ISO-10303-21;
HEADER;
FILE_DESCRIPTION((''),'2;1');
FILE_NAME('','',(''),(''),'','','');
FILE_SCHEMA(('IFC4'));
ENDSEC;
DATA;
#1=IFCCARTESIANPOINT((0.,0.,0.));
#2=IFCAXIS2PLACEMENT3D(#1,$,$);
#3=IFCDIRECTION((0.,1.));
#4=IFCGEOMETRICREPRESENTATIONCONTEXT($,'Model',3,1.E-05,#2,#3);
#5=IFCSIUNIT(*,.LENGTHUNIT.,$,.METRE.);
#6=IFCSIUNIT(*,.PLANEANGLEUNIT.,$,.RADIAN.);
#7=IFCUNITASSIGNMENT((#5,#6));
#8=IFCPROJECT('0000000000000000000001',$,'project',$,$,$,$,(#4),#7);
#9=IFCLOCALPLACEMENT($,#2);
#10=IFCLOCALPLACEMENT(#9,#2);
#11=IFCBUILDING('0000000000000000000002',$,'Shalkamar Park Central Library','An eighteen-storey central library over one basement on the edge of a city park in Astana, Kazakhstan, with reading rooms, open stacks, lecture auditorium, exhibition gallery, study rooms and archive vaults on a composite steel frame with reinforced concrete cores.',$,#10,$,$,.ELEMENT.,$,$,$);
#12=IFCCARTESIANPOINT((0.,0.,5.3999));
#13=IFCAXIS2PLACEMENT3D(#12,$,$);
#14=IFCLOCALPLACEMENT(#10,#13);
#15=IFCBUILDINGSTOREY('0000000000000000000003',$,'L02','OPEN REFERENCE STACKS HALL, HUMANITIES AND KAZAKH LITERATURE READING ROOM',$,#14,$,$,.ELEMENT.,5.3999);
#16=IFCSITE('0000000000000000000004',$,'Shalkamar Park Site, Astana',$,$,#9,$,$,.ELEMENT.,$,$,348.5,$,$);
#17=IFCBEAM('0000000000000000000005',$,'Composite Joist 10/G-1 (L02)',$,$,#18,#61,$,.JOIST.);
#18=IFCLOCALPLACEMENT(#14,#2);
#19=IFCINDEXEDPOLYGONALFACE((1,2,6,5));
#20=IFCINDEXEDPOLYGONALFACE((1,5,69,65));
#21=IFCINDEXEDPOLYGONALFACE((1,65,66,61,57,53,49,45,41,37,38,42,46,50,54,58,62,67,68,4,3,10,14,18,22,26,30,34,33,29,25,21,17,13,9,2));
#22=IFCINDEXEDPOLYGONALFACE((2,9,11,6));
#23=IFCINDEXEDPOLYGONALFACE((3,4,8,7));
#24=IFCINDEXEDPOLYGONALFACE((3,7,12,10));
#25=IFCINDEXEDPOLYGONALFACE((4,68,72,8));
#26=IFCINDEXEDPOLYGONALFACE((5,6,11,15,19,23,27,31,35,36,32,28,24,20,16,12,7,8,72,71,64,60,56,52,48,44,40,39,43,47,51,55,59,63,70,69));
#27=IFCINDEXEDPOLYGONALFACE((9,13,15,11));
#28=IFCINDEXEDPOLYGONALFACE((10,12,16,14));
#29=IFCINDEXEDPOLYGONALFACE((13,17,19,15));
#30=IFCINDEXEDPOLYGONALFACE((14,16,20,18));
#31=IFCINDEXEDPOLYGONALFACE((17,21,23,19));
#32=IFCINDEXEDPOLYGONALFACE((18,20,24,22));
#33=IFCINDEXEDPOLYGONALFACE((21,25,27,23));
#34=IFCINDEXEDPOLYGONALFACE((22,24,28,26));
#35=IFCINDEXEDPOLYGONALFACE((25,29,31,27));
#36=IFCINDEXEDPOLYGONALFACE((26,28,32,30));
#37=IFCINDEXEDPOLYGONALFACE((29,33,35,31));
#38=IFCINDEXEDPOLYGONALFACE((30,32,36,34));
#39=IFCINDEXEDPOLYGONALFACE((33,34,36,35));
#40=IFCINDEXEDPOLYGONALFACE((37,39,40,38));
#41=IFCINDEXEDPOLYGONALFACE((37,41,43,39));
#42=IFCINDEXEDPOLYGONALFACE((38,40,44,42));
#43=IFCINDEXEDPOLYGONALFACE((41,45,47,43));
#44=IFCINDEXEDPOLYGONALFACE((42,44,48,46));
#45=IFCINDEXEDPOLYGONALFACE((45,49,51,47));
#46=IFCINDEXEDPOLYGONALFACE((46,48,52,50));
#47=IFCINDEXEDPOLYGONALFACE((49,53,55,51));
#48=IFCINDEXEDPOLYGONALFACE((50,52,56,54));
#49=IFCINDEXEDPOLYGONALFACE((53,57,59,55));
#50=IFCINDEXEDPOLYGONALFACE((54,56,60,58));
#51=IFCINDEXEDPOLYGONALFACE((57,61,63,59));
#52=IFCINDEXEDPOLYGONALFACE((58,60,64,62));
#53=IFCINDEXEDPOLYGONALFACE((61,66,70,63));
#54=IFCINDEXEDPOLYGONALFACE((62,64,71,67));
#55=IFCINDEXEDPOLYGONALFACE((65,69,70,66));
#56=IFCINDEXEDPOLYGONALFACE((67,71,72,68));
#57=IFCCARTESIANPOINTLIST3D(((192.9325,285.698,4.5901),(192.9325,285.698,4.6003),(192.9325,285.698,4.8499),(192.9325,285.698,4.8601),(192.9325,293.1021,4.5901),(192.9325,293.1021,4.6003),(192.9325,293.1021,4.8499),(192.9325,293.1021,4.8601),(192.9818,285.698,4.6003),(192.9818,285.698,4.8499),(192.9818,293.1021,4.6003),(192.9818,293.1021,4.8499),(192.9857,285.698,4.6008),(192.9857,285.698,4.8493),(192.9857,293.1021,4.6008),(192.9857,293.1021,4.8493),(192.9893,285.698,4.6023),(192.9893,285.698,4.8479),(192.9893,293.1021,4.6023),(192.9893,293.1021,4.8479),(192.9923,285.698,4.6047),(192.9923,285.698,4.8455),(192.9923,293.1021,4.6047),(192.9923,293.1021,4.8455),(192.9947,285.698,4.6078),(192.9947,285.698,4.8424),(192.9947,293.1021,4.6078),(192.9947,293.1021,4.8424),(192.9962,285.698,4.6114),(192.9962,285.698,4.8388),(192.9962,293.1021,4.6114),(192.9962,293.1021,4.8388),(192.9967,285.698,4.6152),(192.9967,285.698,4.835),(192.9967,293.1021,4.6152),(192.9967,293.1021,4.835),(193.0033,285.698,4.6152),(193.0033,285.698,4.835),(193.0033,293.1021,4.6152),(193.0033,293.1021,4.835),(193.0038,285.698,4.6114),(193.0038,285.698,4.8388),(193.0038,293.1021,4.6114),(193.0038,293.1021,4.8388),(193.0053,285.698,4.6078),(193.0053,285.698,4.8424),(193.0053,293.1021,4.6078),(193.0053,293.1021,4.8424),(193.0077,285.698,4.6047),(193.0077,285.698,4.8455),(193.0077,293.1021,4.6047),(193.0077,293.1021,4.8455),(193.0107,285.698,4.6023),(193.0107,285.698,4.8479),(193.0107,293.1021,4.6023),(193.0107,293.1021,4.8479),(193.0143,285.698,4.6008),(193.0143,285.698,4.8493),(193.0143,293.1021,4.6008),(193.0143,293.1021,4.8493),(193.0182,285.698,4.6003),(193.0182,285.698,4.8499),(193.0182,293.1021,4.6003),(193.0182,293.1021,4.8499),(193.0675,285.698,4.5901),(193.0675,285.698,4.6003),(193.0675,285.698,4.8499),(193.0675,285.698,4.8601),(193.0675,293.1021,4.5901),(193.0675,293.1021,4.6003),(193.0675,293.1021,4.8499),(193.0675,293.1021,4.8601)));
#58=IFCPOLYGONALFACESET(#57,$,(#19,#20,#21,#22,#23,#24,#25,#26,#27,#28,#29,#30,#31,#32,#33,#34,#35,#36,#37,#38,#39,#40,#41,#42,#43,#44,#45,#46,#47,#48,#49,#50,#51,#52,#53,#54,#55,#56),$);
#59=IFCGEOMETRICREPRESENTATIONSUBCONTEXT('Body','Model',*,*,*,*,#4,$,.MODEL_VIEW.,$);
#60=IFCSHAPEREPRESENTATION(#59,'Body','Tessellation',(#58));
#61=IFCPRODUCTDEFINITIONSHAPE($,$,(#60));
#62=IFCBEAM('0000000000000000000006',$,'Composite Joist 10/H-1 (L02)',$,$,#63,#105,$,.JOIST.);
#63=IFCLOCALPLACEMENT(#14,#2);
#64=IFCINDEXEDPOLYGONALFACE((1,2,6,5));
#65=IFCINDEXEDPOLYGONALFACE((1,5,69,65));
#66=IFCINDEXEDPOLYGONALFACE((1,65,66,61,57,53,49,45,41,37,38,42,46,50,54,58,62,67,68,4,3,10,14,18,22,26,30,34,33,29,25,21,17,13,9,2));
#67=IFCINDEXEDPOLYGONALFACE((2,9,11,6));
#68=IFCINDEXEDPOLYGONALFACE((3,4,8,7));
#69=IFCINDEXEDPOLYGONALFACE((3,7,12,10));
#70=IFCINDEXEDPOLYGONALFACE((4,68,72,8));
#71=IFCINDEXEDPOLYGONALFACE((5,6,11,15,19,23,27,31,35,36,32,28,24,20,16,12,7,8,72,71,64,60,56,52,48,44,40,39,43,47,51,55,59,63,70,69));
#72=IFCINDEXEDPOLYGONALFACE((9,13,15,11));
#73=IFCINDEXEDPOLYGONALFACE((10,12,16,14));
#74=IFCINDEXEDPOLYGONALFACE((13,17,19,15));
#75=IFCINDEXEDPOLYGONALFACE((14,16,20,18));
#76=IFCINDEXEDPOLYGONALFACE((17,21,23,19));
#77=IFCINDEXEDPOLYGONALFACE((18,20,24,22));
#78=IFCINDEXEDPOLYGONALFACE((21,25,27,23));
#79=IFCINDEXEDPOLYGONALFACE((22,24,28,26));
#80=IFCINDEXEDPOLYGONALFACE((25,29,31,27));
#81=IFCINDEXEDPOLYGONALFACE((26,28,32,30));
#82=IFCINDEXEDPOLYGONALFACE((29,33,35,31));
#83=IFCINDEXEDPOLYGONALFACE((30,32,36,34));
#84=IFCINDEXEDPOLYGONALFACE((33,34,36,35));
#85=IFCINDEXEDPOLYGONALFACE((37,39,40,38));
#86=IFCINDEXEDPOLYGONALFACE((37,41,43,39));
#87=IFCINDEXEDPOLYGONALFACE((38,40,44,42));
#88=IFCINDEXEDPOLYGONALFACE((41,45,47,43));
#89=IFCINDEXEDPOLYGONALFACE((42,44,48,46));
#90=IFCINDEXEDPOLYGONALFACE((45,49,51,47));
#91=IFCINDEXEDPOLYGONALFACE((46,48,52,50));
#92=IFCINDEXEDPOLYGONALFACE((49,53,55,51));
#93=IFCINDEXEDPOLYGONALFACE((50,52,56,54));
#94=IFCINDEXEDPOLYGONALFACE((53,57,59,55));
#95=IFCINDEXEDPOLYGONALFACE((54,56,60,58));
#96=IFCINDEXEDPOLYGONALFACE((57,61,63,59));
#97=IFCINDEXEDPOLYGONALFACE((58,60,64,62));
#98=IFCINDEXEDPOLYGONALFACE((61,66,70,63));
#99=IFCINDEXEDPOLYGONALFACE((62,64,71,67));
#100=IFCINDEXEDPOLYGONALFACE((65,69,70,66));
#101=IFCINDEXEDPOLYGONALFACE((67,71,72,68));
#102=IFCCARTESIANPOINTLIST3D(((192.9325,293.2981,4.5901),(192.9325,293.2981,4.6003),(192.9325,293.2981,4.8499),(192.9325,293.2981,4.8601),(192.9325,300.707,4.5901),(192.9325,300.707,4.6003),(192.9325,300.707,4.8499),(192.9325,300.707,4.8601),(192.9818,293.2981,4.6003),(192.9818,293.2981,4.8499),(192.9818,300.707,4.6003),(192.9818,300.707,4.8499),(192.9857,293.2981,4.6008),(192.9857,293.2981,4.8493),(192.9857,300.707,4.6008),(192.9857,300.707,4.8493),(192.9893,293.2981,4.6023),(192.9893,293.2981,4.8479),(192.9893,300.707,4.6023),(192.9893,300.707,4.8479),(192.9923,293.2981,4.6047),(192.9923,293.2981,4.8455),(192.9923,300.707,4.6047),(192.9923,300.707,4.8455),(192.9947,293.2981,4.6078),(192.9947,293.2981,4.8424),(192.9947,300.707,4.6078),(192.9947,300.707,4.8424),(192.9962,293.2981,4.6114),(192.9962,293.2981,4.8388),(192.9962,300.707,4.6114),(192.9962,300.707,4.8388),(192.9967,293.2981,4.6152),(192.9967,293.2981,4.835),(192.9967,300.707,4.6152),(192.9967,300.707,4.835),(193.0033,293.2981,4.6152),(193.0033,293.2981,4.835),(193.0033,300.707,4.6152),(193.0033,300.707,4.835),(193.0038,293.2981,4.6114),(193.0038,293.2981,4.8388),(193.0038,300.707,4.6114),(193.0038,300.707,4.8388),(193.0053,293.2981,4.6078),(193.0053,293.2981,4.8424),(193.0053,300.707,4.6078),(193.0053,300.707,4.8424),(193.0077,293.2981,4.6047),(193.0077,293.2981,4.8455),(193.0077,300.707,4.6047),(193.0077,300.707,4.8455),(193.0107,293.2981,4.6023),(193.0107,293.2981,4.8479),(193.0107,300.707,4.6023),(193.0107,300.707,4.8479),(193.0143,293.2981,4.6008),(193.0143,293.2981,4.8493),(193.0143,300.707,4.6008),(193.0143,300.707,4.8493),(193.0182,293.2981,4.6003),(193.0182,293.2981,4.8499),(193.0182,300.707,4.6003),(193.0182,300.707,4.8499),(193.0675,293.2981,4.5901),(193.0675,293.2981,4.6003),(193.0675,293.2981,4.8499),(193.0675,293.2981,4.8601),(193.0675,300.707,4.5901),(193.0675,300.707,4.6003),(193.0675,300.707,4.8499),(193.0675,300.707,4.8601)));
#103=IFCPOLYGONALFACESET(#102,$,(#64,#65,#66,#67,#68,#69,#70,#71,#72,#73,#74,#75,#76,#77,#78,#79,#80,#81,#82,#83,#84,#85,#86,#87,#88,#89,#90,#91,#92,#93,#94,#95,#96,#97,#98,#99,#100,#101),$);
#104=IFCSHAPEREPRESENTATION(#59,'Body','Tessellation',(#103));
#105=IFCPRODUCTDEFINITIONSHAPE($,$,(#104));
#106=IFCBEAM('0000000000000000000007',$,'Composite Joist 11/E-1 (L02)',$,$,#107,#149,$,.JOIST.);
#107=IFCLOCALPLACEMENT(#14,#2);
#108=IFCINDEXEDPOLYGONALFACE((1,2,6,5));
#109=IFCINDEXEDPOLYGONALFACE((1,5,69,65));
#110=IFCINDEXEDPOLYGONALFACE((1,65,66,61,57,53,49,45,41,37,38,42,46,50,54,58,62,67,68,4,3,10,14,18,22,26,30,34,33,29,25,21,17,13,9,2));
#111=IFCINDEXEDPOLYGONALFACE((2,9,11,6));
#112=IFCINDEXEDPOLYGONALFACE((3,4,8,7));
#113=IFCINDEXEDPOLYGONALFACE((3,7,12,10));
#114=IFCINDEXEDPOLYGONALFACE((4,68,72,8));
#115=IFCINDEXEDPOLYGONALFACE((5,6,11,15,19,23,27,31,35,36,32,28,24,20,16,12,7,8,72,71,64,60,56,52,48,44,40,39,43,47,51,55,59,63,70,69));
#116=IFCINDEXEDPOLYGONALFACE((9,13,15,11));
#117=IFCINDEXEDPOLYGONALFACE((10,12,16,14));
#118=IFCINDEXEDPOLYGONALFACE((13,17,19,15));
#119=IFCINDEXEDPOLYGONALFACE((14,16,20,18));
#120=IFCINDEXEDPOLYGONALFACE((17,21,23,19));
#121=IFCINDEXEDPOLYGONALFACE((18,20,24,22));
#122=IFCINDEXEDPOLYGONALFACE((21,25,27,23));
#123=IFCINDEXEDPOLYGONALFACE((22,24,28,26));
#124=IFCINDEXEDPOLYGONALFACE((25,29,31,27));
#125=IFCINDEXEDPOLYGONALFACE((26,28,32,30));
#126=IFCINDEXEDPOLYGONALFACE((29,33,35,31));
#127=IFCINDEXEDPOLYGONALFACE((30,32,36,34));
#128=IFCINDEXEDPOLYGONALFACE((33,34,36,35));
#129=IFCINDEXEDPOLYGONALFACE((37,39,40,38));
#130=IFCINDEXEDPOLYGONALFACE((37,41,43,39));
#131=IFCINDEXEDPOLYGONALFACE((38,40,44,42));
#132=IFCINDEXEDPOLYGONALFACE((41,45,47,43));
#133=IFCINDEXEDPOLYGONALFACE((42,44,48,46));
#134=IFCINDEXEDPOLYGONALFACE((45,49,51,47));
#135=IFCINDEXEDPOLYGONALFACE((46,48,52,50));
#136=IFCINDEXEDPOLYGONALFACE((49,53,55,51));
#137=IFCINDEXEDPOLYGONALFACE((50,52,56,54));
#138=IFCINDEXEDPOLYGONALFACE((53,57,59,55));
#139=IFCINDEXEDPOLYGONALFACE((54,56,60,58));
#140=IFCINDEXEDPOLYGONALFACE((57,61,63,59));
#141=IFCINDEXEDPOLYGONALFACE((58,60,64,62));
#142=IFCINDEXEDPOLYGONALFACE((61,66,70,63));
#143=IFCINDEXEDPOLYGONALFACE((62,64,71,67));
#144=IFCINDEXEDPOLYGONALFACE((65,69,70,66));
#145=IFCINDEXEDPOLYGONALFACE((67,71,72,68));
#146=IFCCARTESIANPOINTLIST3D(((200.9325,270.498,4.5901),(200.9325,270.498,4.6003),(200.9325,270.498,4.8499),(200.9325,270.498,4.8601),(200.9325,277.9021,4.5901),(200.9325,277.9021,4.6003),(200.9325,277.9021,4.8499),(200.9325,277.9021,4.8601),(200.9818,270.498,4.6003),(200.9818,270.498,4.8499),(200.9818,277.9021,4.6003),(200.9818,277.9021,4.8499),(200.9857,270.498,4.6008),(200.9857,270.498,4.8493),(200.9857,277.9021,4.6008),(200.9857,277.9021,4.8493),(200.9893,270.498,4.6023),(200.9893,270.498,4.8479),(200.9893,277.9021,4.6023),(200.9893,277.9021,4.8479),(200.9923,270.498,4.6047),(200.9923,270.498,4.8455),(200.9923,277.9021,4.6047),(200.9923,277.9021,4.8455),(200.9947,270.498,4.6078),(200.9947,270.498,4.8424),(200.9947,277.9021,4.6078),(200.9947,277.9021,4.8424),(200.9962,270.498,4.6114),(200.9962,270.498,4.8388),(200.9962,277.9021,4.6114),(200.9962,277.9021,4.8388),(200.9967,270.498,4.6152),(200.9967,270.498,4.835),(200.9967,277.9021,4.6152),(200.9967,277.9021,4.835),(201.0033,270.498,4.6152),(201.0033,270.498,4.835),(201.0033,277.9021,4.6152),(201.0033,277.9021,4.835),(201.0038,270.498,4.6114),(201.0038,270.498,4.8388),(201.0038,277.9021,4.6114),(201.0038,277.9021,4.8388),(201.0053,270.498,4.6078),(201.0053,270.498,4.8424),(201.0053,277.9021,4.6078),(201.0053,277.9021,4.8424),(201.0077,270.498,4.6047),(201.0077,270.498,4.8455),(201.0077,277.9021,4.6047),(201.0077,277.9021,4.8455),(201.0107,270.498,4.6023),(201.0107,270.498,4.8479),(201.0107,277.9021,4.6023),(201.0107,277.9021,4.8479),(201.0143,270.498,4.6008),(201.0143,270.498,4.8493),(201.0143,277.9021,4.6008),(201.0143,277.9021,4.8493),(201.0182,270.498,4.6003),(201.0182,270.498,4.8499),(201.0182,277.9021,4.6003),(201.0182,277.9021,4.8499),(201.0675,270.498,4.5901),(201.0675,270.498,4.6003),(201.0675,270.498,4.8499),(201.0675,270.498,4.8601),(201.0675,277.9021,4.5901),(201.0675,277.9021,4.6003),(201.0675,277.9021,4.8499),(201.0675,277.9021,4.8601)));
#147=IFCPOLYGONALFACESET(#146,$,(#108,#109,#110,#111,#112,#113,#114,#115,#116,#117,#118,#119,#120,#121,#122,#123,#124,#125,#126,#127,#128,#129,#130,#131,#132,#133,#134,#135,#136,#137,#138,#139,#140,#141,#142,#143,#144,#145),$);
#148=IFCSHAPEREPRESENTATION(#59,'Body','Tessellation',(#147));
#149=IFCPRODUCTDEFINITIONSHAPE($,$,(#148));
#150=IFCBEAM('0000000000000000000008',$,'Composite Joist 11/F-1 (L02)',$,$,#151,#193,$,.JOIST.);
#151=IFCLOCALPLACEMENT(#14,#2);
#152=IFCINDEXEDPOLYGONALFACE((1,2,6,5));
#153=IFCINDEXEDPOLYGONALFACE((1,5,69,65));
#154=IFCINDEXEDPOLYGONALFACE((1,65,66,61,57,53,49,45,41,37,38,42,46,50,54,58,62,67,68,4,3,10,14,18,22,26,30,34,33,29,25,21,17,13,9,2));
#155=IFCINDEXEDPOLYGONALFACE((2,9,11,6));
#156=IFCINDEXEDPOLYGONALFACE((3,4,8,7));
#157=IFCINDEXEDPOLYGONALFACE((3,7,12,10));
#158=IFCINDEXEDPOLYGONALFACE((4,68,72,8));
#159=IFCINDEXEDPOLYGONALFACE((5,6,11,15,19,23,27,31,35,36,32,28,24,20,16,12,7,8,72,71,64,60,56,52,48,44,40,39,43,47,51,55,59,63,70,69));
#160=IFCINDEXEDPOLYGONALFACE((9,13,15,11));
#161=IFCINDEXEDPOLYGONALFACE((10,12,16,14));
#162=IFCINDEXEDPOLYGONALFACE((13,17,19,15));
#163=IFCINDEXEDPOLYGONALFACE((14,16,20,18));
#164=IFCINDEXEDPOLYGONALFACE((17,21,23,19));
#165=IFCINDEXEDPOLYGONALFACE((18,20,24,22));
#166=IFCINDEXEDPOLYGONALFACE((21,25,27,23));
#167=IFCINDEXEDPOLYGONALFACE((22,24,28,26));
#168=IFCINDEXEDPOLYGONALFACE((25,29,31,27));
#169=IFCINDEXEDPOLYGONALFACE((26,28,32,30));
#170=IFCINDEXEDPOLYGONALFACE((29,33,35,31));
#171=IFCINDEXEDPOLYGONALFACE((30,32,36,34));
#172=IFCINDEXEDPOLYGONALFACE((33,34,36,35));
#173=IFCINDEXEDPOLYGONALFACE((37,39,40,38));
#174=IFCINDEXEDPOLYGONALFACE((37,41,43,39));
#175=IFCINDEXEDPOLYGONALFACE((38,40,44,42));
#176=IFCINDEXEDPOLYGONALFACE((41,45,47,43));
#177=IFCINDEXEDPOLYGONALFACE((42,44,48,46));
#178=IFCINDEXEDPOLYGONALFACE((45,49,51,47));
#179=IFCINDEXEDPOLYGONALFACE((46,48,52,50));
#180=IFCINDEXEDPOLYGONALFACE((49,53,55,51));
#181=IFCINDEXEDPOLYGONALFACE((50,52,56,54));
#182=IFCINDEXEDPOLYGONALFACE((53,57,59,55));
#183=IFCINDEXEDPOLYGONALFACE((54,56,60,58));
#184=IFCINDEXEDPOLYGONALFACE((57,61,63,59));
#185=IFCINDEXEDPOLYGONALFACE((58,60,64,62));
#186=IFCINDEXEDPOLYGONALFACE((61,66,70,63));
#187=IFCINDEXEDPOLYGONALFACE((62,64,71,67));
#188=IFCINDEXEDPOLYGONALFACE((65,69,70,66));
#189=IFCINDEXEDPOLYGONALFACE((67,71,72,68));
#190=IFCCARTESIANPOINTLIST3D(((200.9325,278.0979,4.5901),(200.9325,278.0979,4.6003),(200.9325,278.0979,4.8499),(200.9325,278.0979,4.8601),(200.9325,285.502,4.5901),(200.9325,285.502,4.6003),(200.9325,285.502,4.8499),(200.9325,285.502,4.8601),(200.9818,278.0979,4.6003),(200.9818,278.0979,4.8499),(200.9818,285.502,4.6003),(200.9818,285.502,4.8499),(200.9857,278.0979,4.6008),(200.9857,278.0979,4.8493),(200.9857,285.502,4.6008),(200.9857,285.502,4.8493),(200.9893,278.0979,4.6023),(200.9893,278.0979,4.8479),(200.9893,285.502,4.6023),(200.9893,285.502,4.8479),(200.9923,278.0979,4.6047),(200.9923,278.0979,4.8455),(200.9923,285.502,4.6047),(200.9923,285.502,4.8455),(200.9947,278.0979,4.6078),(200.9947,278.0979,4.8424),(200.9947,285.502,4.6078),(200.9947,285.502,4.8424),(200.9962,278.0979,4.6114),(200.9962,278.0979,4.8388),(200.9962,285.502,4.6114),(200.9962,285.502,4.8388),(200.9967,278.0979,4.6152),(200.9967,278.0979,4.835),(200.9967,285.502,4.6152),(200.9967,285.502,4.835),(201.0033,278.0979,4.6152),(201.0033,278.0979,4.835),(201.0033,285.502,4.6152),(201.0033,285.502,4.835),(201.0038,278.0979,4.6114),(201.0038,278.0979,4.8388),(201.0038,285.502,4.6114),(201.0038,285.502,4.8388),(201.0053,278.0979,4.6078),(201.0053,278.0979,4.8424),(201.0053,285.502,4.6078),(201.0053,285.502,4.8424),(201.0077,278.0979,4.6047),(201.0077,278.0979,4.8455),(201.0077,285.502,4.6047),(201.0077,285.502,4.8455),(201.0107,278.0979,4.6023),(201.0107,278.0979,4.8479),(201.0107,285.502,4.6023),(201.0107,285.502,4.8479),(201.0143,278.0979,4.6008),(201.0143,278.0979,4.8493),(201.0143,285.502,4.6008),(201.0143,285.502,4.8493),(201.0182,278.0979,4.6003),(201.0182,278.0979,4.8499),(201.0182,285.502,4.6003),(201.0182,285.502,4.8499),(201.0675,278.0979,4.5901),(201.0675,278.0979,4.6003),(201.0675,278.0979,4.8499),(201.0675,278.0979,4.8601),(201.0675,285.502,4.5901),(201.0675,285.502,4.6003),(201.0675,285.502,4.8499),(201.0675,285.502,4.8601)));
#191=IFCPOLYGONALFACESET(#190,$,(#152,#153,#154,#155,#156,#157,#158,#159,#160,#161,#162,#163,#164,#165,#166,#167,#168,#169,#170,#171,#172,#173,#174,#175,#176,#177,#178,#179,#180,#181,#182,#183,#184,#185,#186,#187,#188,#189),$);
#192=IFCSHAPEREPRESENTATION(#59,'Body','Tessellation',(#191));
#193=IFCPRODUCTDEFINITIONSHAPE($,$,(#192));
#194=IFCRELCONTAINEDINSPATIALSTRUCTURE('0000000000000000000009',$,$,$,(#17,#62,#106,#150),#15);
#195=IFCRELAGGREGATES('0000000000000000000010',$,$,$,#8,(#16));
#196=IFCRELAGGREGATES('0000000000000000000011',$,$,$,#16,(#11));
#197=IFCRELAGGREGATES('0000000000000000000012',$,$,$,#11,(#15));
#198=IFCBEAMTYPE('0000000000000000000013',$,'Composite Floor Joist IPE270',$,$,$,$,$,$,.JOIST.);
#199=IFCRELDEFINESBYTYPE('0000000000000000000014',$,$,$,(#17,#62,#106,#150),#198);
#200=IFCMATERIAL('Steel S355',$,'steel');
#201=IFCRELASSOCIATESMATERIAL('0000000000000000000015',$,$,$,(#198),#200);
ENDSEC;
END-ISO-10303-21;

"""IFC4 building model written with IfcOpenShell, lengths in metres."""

from ifc_helpers import new_model, si_unit, direction, frame, origin, origin_2d, place, context, subcontext, project, spatial, i_section, extrude, material, material_profile, profile_set, type_object, element, save


model = new_model("IFC4")

# Units and contexts
model_context = context("Model", 3, precision=1e-05, world=origin(), true_north=direction((0.0, 1.0)))
body_context = subcontext(model_context, "Body", "Model", "MODEL_VIEW")
ifc_project = project(units=[si_unit("LENGTHUNIT", "METRE"), si_unit("PLANEANGLEUNIT", "RADIAN")], contexts=[model_context])

# Site, building, storey
site_placement = place(None, origin())
site = spatial("IfcSite", under=ifc_project, at=site_placement, Name="Shalkamar Park Site, Astana", CompositionType="ELEMENT", RefElevation=348.5)
building_placement = place(site_placement, origin())
building = spatial("IfcBuilding", under=site, at=building_placement, Name="Shalkamar Park Central Library", Description="An eighteen-storey central library over one basement on the edge of a city park in Astana, Kazakhstan, with reading rooms, open stacks, lecture auditorium, exhibition gallery, study rooms and archive vaults on a composite steel frame with reinforced concrete cores.", CompositionType="ELEMENT")
storey_placement = place(building_placement, frame((0.0, 0.0, 5.3999)))
storey = spatial("IfcBuildingStorey", under=building, at=storey_placement, Name="L02", Description="OPEN REFERENCE STACKS HALL, HUMANITIES AND KAZAKH LITERATURE READING ROOM", CompositionType="ELEMENT", Elevation=5.3999)

# Shared definitions
ifc_material = material(Name="Steel S355", Category="steel")

# Beams
ifc_material_profile_1 = material_profile(ifc_material, i_section(OverallWidth=0.135, OverallDepth=0.27, WebThickness=0.0066, FlangeThickness=0.0103, FilletRadius=0.0149, at=origin_2d()), Name="IPE 270")
ifc_profile_set_1 = profile_set([ifc_material_profile_1], Name="Steel S355")
beam_type_1 = type_object("IfcBeamType", Name="Composite Floor Joist IPE270", PredefinedType="JOIST", material=ifc_profile_set_1)
for number, where, z_axis, x_axis, name in (
    (1, (193.0, 285.698, 4.7251), (0.0, 1.0, 0.0), (-1.0, 0.0, 0.0), "Composite Joist 10/G-1 (L02)"),
):
    element("IfcBeam", number, at=place(storey_placement, frame(where, z_axis=z_axis, x_axis=x_axis)), inside=storey, type_object=beam_type_1, Name=name, PredefinedType="JOIST", context=body_context, shape_type="SweptSolid", body=[
        extrude(i_section(OverallWidth=0.135, OverallDepth=0.27, WebThickness=0.0066, FlangeThickness=0.0103, FilletRadius=0.0149, at=origin_2d()), origin(), (0.0, 0.0, 1.0), 7.4041),
    ])
beam_1_placement = place(storey_placement, frame((193.0, 293.2981, 4.7251), z_axis=(0.0, 1.0, 0.0), x_axis=(-1.0, 0.0, 0.0)))
element("IfcBeam", 2, at=beam_1_placement, inside=storey, type_object=beam_type_1, Name="Composite Joist 10/H-1 (L02)", PredefinedType="JOIST", context=body_context, shape_type="SweptSolid", body=[
    extrude(i_section(OverallWidth=0.135, OverallDepth=0.27, WebThickness=0.0066, FlangeThickness=0.0103, FilletRadius=0.0149, at=origin_2d()), origin(), (0.0, 0.0, 1.0), 7.4089),
])
for number, where, z_axis, x_axis, name in (
    (3, (201.0, 270.498, 4.7251), (0.0, 1.0, 0.0), (-1.0, 0.0, 0.0), "Composite Joist 11/E-1 (L02)"),
    (4, (201.0, 278.0979, 4.7251), (0.0, 1.0, 0.0), (-1.0, 0.0, 0.0), "Composite Joist 11/F-1 (L02)"),
):
    element("IfcBeam", number, at=place(storey_placement, frame(where, z_axis=z_axis, x_axis=x_axis)), inside=storey, type_object=beam_type_1, Name=name, PredefinedType="JOIST", context=body_context, shape_type="SweptSolid", body=[
        extrude(i_section(OverallWidth=0.135, OverallDepth=0.27, WebThickness=0.0066, FlangeThickness=0.0103, FilletRadius=0.0149, at=origin_2d()), origin(), (0.0, 0.0, 1.0), 7.4041),
    ])

save(model, "model.ifc")
